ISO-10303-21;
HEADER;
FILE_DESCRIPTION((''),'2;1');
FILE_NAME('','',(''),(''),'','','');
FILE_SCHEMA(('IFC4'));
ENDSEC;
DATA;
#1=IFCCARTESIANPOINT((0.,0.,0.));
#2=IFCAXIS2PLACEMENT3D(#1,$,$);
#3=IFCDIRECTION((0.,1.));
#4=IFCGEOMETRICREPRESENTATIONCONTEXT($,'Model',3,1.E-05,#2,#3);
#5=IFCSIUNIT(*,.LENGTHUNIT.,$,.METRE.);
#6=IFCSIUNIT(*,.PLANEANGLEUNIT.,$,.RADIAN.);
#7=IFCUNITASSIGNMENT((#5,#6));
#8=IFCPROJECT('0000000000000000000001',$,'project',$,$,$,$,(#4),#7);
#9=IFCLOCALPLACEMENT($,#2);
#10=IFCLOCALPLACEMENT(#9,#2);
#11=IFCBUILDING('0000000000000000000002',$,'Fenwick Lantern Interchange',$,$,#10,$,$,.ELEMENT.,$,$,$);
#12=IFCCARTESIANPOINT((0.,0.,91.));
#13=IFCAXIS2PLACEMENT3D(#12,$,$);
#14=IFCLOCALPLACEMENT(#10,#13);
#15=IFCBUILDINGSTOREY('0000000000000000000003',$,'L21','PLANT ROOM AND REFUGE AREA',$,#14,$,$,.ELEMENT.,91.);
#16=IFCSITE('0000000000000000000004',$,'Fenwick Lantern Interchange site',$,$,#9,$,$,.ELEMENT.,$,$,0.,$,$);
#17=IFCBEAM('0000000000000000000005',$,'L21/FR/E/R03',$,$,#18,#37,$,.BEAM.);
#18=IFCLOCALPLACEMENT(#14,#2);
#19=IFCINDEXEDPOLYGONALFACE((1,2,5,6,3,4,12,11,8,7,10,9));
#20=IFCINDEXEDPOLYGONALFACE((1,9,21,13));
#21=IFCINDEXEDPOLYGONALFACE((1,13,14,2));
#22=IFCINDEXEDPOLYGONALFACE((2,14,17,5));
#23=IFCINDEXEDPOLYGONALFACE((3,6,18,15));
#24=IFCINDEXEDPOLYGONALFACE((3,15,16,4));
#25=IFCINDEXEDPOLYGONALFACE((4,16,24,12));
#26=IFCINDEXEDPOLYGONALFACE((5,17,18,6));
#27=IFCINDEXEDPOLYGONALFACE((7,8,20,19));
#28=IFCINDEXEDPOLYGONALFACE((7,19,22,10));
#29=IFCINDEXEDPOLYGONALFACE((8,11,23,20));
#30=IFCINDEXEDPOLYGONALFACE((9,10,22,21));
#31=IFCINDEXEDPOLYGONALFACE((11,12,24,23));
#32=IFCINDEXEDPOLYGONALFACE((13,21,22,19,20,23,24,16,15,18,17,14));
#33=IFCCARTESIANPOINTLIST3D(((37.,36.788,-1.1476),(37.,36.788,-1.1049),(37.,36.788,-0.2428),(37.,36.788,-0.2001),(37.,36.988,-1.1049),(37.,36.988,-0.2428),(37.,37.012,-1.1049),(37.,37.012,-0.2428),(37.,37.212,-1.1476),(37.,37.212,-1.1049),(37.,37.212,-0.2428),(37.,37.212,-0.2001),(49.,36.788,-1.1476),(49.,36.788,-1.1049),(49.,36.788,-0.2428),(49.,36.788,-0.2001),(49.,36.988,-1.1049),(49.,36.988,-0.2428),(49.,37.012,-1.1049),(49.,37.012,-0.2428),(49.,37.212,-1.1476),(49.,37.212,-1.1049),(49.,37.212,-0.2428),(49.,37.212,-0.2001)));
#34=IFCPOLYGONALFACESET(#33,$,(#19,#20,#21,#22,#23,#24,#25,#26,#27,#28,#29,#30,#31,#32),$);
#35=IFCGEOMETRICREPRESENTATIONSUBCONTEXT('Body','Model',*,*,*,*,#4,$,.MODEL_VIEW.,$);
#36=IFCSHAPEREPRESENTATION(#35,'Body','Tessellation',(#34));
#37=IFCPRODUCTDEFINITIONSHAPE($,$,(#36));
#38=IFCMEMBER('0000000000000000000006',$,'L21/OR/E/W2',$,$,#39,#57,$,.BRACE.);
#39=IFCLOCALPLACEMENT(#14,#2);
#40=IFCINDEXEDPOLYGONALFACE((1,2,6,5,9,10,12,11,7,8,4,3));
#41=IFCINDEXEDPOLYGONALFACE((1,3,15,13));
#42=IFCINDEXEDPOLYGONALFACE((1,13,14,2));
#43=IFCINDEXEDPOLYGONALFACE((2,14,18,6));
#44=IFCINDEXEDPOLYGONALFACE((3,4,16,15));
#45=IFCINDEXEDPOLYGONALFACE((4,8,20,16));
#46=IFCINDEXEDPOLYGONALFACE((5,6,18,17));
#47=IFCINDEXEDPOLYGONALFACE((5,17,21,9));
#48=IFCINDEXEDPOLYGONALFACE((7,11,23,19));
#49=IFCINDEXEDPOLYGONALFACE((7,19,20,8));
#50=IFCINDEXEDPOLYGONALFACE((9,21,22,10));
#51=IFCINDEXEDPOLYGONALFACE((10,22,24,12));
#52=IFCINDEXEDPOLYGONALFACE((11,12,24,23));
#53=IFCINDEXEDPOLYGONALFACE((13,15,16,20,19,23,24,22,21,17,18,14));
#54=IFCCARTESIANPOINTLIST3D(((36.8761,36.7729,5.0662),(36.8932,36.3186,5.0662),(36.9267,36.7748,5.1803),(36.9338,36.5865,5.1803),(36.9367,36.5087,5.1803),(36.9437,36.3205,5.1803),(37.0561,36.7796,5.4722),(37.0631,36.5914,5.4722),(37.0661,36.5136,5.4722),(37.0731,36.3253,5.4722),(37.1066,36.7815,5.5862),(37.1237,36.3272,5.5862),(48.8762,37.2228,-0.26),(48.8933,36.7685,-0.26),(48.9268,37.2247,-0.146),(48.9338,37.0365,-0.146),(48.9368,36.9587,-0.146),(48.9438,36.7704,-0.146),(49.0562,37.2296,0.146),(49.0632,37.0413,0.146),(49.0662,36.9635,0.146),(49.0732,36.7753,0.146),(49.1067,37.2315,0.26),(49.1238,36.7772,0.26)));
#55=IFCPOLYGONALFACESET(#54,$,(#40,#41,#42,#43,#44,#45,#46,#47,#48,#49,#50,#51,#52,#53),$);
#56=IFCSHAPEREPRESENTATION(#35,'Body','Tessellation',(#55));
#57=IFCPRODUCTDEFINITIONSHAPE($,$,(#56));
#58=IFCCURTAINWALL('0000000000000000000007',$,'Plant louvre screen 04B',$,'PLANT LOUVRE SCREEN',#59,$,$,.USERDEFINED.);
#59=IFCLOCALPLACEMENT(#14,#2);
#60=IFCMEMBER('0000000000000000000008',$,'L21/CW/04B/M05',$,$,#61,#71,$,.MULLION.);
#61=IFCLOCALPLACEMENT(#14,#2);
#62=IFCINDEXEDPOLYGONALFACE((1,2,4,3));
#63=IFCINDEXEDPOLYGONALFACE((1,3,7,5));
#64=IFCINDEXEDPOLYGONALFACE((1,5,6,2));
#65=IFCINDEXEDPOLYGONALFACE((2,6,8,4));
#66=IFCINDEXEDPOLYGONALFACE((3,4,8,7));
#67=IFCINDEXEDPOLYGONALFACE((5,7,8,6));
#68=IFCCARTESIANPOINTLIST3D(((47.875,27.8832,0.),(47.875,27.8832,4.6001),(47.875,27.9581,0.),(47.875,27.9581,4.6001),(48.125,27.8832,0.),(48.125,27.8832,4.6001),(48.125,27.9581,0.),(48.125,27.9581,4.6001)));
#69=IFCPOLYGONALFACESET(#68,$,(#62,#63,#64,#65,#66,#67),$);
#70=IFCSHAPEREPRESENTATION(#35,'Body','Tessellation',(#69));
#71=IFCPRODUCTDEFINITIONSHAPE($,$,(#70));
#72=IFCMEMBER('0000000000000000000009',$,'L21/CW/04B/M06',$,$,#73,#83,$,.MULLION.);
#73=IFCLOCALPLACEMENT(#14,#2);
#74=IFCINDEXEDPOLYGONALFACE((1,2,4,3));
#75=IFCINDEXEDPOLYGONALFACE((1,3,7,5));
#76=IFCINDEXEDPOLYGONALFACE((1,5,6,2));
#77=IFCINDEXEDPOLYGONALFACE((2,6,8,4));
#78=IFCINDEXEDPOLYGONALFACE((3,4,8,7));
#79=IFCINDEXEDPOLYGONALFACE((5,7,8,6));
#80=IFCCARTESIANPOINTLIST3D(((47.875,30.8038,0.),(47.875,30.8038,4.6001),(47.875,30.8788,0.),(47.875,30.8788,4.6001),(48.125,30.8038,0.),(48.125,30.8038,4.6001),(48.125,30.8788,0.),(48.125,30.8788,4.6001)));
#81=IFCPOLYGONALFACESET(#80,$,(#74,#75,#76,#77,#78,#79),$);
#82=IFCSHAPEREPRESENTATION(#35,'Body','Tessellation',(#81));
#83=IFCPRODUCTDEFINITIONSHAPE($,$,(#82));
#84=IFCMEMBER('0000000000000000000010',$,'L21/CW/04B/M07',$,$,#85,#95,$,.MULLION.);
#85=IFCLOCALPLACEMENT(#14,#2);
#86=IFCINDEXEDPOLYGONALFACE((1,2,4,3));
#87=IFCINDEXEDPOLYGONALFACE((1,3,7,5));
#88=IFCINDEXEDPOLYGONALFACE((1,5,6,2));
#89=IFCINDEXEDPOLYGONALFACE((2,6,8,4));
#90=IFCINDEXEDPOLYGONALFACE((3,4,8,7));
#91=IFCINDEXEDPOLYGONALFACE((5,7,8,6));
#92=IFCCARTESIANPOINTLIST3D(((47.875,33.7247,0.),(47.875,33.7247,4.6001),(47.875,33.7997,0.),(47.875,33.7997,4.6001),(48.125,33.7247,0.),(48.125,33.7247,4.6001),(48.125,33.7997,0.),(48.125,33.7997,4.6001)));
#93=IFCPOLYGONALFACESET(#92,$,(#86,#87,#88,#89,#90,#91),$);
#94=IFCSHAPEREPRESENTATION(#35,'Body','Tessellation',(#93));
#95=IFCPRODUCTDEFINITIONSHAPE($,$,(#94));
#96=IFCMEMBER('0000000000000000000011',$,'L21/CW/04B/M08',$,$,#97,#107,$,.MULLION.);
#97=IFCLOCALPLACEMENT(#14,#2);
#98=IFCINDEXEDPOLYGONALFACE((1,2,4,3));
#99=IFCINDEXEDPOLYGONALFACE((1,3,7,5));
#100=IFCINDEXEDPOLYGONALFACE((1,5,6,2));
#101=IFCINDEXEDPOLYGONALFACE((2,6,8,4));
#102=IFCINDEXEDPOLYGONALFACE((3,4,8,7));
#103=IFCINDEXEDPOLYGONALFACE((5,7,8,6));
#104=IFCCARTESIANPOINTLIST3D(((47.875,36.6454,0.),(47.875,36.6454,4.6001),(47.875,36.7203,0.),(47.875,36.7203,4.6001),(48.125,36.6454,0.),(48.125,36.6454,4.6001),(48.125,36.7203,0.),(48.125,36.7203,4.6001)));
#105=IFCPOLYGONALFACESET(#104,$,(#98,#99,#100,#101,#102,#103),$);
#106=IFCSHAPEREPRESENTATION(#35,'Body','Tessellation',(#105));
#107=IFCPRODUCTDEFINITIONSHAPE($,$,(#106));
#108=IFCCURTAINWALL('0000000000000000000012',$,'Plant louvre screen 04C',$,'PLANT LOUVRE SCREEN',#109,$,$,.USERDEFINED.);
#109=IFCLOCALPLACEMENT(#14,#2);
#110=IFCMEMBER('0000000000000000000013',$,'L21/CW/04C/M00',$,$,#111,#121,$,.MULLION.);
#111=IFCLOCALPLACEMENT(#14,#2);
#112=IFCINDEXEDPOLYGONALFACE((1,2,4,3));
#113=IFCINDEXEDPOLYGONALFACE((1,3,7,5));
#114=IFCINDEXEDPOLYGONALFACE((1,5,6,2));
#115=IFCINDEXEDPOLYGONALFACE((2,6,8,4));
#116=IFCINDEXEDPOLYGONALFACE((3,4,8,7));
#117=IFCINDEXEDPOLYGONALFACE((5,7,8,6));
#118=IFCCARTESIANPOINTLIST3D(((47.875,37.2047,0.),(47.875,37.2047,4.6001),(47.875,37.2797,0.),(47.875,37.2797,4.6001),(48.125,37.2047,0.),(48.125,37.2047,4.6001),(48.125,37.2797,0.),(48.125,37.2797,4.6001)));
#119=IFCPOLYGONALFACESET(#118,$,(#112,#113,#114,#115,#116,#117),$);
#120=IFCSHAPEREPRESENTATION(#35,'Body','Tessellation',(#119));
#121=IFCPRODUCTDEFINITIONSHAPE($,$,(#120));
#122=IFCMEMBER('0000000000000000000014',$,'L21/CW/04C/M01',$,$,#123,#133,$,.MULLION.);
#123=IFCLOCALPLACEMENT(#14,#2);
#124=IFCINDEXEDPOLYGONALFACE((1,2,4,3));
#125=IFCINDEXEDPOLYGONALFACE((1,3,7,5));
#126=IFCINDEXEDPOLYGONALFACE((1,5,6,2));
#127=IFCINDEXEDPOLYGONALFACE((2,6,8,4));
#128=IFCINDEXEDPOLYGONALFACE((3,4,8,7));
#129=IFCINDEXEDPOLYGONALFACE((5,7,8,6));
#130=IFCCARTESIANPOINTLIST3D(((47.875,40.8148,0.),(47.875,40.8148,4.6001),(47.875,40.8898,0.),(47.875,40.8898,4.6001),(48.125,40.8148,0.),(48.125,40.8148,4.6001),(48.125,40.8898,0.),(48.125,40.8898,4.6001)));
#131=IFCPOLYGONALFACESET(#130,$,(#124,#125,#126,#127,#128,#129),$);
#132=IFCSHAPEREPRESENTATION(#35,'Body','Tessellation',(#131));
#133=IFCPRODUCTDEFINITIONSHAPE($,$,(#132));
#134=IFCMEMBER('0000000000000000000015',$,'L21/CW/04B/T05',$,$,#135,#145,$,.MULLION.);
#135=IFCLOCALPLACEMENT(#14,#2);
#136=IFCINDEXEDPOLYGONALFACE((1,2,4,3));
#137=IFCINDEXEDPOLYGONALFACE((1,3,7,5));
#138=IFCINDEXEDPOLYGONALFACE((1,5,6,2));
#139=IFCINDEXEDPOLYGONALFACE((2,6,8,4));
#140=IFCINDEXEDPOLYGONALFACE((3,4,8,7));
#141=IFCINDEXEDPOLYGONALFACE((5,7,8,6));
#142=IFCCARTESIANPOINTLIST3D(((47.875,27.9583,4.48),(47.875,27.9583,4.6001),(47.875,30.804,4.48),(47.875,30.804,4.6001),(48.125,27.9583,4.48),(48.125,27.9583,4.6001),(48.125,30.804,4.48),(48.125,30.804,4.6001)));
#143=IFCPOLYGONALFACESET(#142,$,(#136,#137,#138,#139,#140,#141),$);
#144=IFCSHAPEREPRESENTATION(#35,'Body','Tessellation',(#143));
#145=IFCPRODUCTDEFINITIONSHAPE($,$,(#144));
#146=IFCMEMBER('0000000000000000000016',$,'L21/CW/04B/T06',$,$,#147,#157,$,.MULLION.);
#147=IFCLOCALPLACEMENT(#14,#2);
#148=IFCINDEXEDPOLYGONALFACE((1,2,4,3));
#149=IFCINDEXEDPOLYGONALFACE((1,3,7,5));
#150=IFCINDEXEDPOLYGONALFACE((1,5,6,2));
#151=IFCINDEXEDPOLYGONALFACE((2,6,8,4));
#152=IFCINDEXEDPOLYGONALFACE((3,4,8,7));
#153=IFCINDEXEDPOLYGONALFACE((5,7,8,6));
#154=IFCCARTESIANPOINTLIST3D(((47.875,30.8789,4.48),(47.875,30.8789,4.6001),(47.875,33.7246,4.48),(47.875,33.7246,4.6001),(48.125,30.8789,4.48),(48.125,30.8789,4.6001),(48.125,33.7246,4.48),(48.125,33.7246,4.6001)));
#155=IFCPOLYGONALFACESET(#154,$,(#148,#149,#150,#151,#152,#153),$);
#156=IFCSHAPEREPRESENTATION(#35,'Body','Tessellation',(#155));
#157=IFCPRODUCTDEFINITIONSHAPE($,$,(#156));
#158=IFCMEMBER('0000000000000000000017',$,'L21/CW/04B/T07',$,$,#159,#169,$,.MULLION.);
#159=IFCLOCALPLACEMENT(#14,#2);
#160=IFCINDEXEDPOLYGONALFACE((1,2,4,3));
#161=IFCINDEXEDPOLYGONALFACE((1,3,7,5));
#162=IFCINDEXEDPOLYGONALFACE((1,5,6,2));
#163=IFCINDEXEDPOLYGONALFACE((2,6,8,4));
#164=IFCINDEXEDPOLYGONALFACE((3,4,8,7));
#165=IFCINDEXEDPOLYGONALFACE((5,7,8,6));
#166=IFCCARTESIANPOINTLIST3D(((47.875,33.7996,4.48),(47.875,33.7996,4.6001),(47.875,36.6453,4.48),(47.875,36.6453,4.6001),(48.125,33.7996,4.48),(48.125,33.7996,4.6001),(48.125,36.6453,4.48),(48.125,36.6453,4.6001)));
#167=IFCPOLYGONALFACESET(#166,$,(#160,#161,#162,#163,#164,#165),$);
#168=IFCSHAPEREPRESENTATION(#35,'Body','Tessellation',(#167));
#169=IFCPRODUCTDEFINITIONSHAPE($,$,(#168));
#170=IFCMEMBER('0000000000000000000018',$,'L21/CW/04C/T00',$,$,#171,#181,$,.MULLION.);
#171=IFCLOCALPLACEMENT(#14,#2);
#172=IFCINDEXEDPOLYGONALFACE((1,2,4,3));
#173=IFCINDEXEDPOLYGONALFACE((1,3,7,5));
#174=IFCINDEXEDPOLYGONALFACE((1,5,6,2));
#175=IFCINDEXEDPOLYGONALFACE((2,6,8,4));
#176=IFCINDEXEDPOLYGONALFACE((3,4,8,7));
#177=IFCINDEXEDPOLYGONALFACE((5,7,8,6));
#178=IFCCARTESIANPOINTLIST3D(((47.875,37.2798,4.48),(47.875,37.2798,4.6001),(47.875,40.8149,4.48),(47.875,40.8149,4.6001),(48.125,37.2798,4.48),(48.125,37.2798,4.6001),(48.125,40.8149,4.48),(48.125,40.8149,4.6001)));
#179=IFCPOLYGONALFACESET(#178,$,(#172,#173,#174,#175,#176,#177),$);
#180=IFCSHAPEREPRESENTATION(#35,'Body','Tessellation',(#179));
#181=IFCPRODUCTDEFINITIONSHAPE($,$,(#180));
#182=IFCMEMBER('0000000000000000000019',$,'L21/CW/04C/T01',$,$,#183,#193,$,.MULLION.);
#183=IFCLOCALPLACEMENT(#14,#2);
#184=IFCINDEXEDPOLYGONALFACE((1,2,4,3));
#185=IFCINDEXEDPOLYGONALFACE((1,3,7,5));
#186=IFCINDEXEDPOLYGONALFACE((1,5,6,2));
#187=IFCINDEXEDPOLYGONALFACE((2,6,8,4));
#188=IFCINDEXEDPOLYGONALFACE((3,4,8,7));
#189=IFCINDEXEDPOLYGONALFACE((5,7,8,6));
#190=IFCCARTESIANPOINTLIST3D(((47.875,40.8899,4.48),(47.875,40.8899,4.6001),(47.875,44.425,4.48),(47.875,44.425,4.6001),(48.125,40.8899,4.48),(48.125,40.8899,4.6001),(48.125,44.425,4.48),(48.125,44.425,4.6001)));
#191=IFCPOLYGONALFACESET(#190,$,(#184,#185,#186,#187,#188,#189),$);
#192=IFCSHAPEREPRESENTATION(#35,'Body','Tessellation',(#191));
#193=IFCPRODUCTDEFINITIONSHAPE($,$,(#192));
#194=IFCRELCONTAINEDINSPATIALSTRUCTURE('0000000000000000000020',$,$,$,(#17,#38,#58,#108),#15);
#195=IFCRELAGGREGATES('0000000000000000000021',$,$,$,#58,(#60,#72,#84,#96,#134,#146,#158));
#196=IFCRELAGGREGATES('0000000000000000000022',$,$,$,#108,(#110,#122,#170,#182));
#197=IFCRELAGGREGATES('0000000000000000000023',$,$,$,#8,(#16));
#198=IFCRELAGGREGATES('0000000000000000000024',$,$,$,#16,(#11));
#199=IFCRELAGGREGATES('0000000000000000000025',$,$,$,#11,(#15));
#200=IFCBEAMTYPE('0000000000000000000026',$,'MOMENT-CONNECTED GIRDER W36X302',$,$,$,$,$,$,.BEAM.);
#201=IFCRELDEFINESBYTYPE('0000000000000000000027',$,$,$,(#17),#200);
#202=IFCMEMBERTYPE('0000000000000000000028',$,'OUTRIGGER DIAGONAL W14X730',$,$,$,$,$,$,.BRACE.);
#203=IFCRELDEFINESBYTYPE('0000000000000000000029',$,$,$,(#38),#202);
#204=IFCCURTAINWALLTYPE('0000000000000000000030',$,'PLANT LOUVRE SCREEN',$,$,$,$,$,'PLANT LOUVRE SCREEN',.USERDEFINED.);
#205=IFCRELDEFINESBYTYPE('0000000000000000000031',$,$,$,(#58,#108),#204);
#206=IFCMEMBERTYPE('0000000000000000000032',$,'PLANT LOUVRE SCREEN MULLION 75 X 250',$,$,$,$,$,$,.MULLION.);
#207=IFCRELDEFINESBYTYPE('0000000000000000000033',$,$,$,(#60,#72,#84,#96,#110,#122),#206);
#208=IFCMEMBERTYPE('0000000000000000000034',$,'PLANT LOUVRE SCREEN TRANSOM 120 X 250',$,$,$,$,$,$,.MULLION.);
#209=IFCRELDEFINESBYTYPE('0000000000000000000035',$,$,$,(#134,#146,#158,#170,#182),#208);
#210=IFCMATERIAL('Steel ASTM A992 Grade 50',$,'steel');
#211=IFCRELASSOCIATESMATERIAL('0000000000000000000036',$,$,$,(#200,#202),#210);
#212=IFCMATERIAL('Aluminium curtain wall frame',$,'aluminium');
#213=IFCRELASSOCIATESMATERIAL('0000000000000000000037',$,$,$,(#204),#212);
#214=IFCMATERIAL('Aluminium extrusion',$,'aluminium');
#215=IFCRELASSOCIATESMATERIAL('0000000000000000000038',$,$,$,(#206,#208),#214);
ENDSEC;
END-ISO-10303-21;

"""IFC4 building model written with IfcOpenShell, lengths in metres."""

from ifc_helpers import new_model, si_unit, direction, frame, origin, origin_2d, place, context, subcontext, project, spatial, rectangle, i_section, extrude, material, material_profile, profile_set, type_object, element, aggregate, save


model = new_model("IFC4")

# Units and contexts
model_context = context("Model", 3, precision=1e-05, world=origin(), true_north=direction((0.0, 1.0)))
body_context = subcontext(model_context, "Body", "Model", "MODEL_VIEW")
ifc_project = project(units=[si_unit("LENGTHUNIT", "METRE"), si_unit("PLANEANGLEUNIT", "RADIAN")], contexts=[model_context])

# Site, building, storey
site_placement = place(None, origin())
site = spatial("IfcSite", under=ifc_project, at=site_placement, Name="Fenwick Lantern Interchange site", CompositionType="ELEMENT", RefElevation=0.0)
building_placement = place(site_placement, origin())
building = spatial("IfcBuilding", under=site, at=building_placement, Name="Fenwick Lantern Interchange", CompositionType="ELEMENT")
storey_placement = place(building_placement, frame((0.0, 0.0, 91.0)))
storey = spatial("IfcBuildingStorey", under=building, at=storey_placement, Name="L21", Description="PLANT ROOM AND REFUGE AREA", CompositionType="ELEMENT", Elevation=91.0)

# Shared definitions
ifc_material_1 = material(Name="Steel ASTM A992 Grade 50", Category="steel")

# Beam
ifc_material_profile_1 = material_profile(ifc_material_1, i_section(OverallWidth=0.4241, OverallDepth=0.9475, WebThickness=0.0239, FlangeThickness=0.0427, at=origin_2d()), Name="W36X302")
ifc_profile_set_1 = profile_set([ifc_material_profile_1], Name="Steel ASTM A992 Grade 50")
beam_type_1 = type_object("IfcBeamType", Name="MOMENT-CONNECTED GIRDER W36X302", PredefinedType="BEAM", material=ifc_profile_set_1)
beam_1_placement = place(storey_placement, frame((49.0, 37.0, -0.6738), z_axis=(-1.0, 0.0, 0.0), x_axis=(0.0, -1.0, 0.0)))
element("IfcBeam", 1, at=beam_1_placement, inside=storey, type_object=beam_type_1, Name="L21/FR/E/R03", PredefinedType="BEAM", context=body_context, shape_type="SweptSolid", body=[
    extrude(i_section(OverallWidth=0.4241, OverallDepth=0.9475, WebThickness=0.0239, FlangeThickness=0.0427, at=origin_2d()), origin(), (0.0, 0.0, 1.0), 12.0),
])

# Member
ifc_material_profile_2 = material_profile(ifc_material_1, i_section(OverallWidth=0.4546, OverallDepth=0.5688, WebThickness=0.0779, FlangeThickness=0.1248, at=origin_2d()), Name="W14X730")
ifc_profile_set_2 = profile_set([ifc_material_profile_2], Name="Steel ASTM A992 Grade 50")
member_type_1 = type_object("IfcMemberType", Name="OUTRIGGER DIAGONAL W14X730", PredefinedType="BRACE", material=ifc_profile_set_2)
member_1_placement = place(storey_placement, frame((49.0, 37.0, 0.0), z_axis=(-0.913478, -0.034252, 0.405445), x_axis=(0.03747, -0.999298, 0.0)))
element("IfcMember", 2, at=member_1_placement, inside=storey, type_object=member_type_1, Name="L21/OR/E/W2", PredefinedType="BRACE", context=body_context, shape_type="SweptSolid", body=[
    extrude(i_section(OverallWidth=0.4546, OverallDepth=0.5688, WebThickness=0.0779, FlangeThickness=0.1248, at=origin_2d()), origin(), (0.0, 0.0, 1.0), 13.1367),
])

# Curtain walls, members
ifc_material_2 = material(Name="Aluminium curtain wall frame", Category="aluminium")
curtain_wall_type = type_object("IfcCurtainWallType", Name="PLANT LOUVRE SCREEN", ElementType="PLANT LOUVRE SCREEN", PredefinedType="USERDEFINED", material=ifc_material_2)
curtain_wall_1_placement = place(storey_placement, origin())
curtain_wall_1 = element("IfcCurtainWall", 3, at=curtain_wall_1_placement, inside=storey, type_object=curtain_wall_type, Name="Plant louvre screen 04B", ObjectType="PLANT LOUVRE SCREEN", PredefinedType="USERDEFINED")
ifc_material_3 = material(Name="Aluminium extrusion", Category="aluminium")
ifc_material_profile_3 = material_profile(ifc_material_3, rectangle(XDim=0.25, YDim=0.075, at=origin_2d()), Name="PLANT LOUVRE SCREEN MULLION 75 X 250")
ifc_profile_set_3 = profile_set([ifc_material_profile_3], Name="Aluminium extrusion")
member_type_2 = type_object("IfcMemberType", Name="PLANT LOUVRE SCREEN MULLION 75 X 250", PredefinedType="MULLION", material=ifc_profile_set_3)
member_2_placement = place(storey_placement, frame((48.0, 27.9207, 0.0), z_axis=(0.0, 0.0, 1.0), x_axis=(-1.0, 0.0, 0.0)))
member_2 = element("IfcMember", 4, at=member_2_placement, type_object=member_type_2, Name="L21/CW/04B/M05", PredefinedType="MULLION", context=body_context, shape_type="SweptSolid", body=[
    extrude(rectangle(XDim=0.25, YDim=0.075, at=origin_2d()), origin(), (0.0, 0.0, 1.0), 4.6001),
])
member_3_placement = place(storey_placement, frame((48.0, 30.8413, 0.0), z_axis=(0.0, 0.0, 1.0), x_axis=(-1.0, 0.0, 0.0)))
member_3 = element("IfcMember", 5, at=member_3_placement, type_object=member_type_2, Name="L21/CW/04B/M06", PredefinedType="MULLION", context=body_context, shape_type="SweptSolid", body=[
    extrude(rectangle(XDim=0.25, YDim=0.075, at=origin_2d()), origin(), (0.0, 0.0, 1.0), 4.6001),
])
member_4_placement = place(storey_placement, frame((48.0, 33.7622, 0.0), z_axis=(0.0, 0.0, 1.0), x_axis=(-1.0, 0.0, 0.0)))
member_4 = element("IfcMember", 6, at=member_4_placement, type_object=member_type_2, Name="L21/CW/04B/M07", PredefinedType="MULLION", context=body_context, shape_type="SweptSolid", body=[
    extrude(rectangle(XDim=0.25, YDim=0.075, at=origin_2d()), origin(), (0.0, 0.0, 1.0), 4.6001),
])
member_5_placement = place(storey_placement, frame((48.0, 36.6829, 0.0), z_axis=(0.0, 0.0, 1.0), x_axis=(-1.0, 0.0, 0.0)))
member_5 = element("IfcMember", 7, at=member_5_placement, type_object=member_type_2, Name="L21/CW/04B/M08", PredefinedType="MULLION", context=body_context, shape_type="SweptSolid", body=[
    extrude(rectangle(XDim=0.25, YDim=0.075, at=origin_2d()), origin(), (0.0, 0.0, 1.0), 4.6001),
])
curtain_wall_2_placement = place(storey_placement, origin())
curtain_wall_2 = element("IfcCurtainWall", 8, at=curtain_wall_2_placement, inside=storey, type_object=curtain_wall_type, Name="Plant louvre screen 04C", ObjectType="PLANT LOUVRE SCREEN", PredefinedType="USERDEFINED")
member_6_placement = place(storey_placement, frame((48.0, 37.2422, 0.0), z_axis=(0.0, 0.0, 1.0), x_axis=(-1.0, 0.0, 0.0)))
member_6 = element("IfcMember", 9, at=member_6_placement, type_object=member_type_2, Name="L21/CW/04C/M00", PredefinedType="MULLION", context=body_context, shape_type="SweptSolid", body=[
    extrude(rectangle(XDim=0.25, YDim=0.075, at=origin_2d()), origin(), (0.0, 0.0, 1.0), 4.6001),
])
member_7_placement = place(storey_placement, frame((48.0, 40.8523, 0.0), z_axis=(0.0, 0.0, 1.0), x_axis=(-1.0, 0.0, 0.0)))
member_7 = element("IfcMember", 10, at=member_7_placement, type_object=member_type_2, Name="L21/CW/04C/M01", PredefinedType="MULLION", context=body_context, shape_type="SweptSolid", body=[
    extrude(rectangle(XDim=0.25, YDim=0.075, at=origin_2d()), origin(), (0.0, 0.0, 1.0), 4.6001),
])

# Members
ifc_material_profile_4 = material_profile(ifc_material_3, rectangle(XDim=0.25, YDim=0.1201, at=origin_2d()), Name="PLANT LOUVRE SCREEN TRANSOM 120 X 250")
ifc_profile_set_4 = profile_set([ifc_material_profile_4], Name="Aluminium extrusion")
member_type_3 = type_object("IfcMemberType", Name="PLANT LOUVRE SCREEN TRANSOM 120 X 250", PredefinedType="MULLION", material=ifc_profile_set_4)
member_8_placement = place(storey_placement, frame((48.0, 27.9583, 4.54), z_axis=(0.0, 1.0, 0.0), x_axis=(-1.0, 0.0, 0.0)))
member_8 = element("IfcMember", 11, at=member_8_placement, type_object=member_type_3, Name="L21/CW/04B/T05", PredefinedType="MULLION", context=body_context, shape_type="SweptSolid", body=[
    extrude(rectangle(XDim=0.25, YDim=0.1201, at=origin_2d()), origin(), (0.0, 0.0, 1.0), 2.8457),
])
member_9_placement = place(storey_placement, frame((48.0, 30.8789, 4.54), z_axis=(0.0, 1.0, 0.0), x_axis=(-1.0, 0.0, 0.0)))
member_9 = element("IfcMember", 12, at=member_9_placement, type_object=member_type_3, Name="L21/CW/04B/T06", PredefinedType="MULLION", context=body_context, shape_type="SweptSolid", body=[
    extrude(rectangle(XDim=0.25, YDim=0.1201, at=origin_2d()), origin(), (0.0, 0.0, 1.0), 2.8457),
])
member_10_placement = place(storey_placement, frame((48.0, 33.7996, 4.54), z_axis=(0.0, 1.0, 0.0), x_axis=(-1.0, 0.0, 0.0)))
member_10 = element("IfcMember", 13, at=member_10_placement, type_object=member_type_3, Name="L21/CW/04B/T07", PredefinedType="MULLION", context=body_context, shape_type="SweptSolid", body=[
    extrude(rectangle(XDim=0.25, YDim=0.1201, at=origin_2d()), origin(), (0.0, 0.0, 1.0), 2.8457),
])
member_11_placement = place(storey_placement, frame((48.0, 37.2798, 4.54), z_axis=(0.0, 1.0, 0.0), x_axis=(-1.0, 0.0, 0.0)))
member_11 = element("IfcMember", 14, at=member_11_placement, type_object=member_type_3, Name="L21/CW/04C/T00", PredefinedType="MULLION", context=body_context, shape_type="SweptSolid", body=[
    extrude(rectangle(XDim=0.25, YDim=0.1201, at=origin_2d()), origin(), (0.0, 0.0, 1.0), 3.5352),
])
member_12_placement = place(storey_placement, frame((48.0, 40.8899, 4.54), z_axis=(0.0, 1.0, 0.0), x_axis=(-1.0, 0.0, 0.0)))
member_12 = element("IfcMember", 15, at=member_12_placement, type_object=member_type_3, Name="L21/CW/04C/T01", PredefinedType="MULLION", context=body_context, shape_type="SweptSolid", body=[
    extrude(rectangle(XDim=0.25, YDim=0.1201, at=origin_2d()), origin(), (0.0, 0.0, 1.0), 3.5352),
])

aggregate(curtain_wall_1, [member_2, member_3, member_4, member_5, member_8, member_9, member_10])
aggregate(curtain_wall_2, [member_6, member_7, member_11, member_12])

save(model, "model.ifc")
